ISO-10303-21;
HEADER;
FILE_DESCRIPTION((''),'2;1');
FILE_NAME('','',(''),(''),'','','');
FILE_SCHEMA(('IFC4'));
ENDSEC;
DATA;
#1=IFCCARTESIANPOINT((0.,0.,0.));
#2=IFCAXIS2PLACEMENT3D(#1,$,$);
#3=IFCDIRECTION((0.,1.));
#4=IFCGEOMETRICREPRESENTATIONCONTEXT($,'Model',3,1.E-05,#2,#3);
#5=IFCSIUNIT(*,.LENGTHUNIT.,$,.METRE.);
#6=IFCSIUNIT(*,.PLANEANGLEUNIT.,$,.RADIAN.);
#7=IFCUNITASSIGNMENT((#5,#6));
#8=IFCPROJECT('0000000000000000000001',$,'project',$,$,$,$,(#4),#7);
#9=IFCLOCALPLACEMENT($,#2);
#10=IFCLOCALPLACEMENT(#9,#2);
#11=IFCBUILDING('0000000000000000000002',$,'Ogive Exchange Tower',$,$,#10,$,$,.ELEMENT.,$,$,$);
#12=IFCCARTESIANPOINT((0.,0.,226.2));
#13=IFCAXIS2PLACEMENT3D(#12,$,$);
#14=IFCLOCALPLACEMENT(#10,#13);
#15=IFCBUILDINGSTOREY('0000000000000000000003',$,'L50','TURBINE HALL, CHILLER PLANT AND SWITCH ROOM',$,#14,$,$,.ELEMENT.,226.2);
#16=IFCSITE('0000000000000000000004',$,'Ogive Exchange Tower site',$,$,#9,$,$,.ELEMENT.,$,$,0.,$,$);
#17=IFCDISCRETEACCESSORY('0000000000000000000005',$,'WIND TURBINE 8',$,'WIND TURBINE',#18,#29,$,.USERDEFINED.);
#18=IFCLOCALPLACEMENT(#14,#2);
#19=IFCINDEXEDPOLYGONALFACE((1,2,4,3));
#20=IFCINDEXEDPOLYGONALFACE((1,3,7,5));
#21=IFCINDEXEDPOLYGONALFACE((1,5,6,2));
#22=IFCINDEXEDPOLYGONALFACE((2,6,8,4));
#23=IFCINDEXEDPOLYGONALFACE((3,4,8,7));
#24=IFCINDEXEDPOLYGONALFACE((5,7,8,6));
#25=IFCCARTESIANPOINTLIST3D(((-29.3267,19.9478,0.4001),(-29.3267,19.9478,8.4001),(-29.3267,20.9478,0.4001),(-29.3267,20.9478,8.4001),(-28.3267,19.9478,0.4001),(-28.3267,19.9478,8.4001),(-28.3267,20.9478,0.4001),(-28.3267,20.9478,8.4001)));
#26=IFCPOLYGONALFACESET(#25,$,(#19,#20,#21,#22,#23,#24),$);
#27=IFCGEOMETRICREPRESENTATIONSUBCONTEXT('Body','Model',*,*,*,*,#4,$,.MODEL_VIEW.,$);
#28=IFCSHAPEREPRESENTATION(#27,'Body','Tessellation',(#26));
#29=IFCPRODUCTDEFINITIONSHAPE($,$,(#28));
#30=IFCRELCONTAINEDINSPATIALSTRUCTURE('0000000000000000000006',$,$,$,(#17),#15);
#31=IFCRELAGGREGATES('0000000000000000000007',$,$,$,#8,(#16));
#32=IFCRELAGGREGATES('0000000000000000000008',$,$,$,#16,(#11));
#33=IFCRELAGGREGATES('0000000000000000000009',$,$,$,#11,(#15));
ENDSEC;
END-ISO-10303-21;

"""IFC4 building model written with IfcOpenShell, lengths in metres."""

from ifc_helpers import new_model, si_unit, direction, frame, origin, origin_2d, place, context, subcontext, project, spatial, rectangle, extrude, element, save


model = new_model("IFC4")

# Units and contexts
model_context = context("Model", 3, precision=1e-05, world=origin(), true_north=direction((0.0, 1.0)))
body_context = subcontext(model_context, "Body", "Model", "MODEL_VIEW")
ifc_project = project(units=[si_unit("LENGTHUNIT", "METRE"), si_unit("PLANEANGLEUNIT", "RADIAN")], contexts=[model_context])

# Site, building, storey
site_placement = place(None, origin())
site = spatial("IfcSite", under=ifc_project, at=site_placement, Name="Ogive Exchange Tower site", CompositionType="ELEMENT", RefElevation=0.0)
building_placement = place(site_placement, origin())
building = spatial("IfcBuilding", under=site, at=building_placement, Name="Ogive Exchange Tower", CompositionType="ELEMENT")
storey_placement = place(building_placement, frame((0.0, 0.0, 226.2)))
storey = spatial("IfcBuildingStorey", under=building, at=storey_placement, Name="L50", Description="TURBINE HALL, CHILLER PLANT AND SWITCH ROOM", CompositionType="ELEMENT", Elevation=226.2)

# Discrete accessory
discrete_accessory_1_placement = place(storey_placement, frame((-28.8267, 20.4478, 0.4001), z_axis=(0.0, 0.0, 1.0), x_axis=(1.0, 0.0, 0.0)))
element("IfcDiscreteAccessory", 1, at=discrete_accessory_1_placement, inside=storey, Name="WIND TURBINE 8", ObjectType="WIND TURBINE", PredefinedType="USERDEFINED", context=body_context, shape_type="SweptSolid", body=[
    extrude(rectangle(XDim=1.0, YDim=1.0, at=origin_2d()), origin(), (0.0, 0.0, 1.0), 8.0),
])

save(model, "model.ifc")
